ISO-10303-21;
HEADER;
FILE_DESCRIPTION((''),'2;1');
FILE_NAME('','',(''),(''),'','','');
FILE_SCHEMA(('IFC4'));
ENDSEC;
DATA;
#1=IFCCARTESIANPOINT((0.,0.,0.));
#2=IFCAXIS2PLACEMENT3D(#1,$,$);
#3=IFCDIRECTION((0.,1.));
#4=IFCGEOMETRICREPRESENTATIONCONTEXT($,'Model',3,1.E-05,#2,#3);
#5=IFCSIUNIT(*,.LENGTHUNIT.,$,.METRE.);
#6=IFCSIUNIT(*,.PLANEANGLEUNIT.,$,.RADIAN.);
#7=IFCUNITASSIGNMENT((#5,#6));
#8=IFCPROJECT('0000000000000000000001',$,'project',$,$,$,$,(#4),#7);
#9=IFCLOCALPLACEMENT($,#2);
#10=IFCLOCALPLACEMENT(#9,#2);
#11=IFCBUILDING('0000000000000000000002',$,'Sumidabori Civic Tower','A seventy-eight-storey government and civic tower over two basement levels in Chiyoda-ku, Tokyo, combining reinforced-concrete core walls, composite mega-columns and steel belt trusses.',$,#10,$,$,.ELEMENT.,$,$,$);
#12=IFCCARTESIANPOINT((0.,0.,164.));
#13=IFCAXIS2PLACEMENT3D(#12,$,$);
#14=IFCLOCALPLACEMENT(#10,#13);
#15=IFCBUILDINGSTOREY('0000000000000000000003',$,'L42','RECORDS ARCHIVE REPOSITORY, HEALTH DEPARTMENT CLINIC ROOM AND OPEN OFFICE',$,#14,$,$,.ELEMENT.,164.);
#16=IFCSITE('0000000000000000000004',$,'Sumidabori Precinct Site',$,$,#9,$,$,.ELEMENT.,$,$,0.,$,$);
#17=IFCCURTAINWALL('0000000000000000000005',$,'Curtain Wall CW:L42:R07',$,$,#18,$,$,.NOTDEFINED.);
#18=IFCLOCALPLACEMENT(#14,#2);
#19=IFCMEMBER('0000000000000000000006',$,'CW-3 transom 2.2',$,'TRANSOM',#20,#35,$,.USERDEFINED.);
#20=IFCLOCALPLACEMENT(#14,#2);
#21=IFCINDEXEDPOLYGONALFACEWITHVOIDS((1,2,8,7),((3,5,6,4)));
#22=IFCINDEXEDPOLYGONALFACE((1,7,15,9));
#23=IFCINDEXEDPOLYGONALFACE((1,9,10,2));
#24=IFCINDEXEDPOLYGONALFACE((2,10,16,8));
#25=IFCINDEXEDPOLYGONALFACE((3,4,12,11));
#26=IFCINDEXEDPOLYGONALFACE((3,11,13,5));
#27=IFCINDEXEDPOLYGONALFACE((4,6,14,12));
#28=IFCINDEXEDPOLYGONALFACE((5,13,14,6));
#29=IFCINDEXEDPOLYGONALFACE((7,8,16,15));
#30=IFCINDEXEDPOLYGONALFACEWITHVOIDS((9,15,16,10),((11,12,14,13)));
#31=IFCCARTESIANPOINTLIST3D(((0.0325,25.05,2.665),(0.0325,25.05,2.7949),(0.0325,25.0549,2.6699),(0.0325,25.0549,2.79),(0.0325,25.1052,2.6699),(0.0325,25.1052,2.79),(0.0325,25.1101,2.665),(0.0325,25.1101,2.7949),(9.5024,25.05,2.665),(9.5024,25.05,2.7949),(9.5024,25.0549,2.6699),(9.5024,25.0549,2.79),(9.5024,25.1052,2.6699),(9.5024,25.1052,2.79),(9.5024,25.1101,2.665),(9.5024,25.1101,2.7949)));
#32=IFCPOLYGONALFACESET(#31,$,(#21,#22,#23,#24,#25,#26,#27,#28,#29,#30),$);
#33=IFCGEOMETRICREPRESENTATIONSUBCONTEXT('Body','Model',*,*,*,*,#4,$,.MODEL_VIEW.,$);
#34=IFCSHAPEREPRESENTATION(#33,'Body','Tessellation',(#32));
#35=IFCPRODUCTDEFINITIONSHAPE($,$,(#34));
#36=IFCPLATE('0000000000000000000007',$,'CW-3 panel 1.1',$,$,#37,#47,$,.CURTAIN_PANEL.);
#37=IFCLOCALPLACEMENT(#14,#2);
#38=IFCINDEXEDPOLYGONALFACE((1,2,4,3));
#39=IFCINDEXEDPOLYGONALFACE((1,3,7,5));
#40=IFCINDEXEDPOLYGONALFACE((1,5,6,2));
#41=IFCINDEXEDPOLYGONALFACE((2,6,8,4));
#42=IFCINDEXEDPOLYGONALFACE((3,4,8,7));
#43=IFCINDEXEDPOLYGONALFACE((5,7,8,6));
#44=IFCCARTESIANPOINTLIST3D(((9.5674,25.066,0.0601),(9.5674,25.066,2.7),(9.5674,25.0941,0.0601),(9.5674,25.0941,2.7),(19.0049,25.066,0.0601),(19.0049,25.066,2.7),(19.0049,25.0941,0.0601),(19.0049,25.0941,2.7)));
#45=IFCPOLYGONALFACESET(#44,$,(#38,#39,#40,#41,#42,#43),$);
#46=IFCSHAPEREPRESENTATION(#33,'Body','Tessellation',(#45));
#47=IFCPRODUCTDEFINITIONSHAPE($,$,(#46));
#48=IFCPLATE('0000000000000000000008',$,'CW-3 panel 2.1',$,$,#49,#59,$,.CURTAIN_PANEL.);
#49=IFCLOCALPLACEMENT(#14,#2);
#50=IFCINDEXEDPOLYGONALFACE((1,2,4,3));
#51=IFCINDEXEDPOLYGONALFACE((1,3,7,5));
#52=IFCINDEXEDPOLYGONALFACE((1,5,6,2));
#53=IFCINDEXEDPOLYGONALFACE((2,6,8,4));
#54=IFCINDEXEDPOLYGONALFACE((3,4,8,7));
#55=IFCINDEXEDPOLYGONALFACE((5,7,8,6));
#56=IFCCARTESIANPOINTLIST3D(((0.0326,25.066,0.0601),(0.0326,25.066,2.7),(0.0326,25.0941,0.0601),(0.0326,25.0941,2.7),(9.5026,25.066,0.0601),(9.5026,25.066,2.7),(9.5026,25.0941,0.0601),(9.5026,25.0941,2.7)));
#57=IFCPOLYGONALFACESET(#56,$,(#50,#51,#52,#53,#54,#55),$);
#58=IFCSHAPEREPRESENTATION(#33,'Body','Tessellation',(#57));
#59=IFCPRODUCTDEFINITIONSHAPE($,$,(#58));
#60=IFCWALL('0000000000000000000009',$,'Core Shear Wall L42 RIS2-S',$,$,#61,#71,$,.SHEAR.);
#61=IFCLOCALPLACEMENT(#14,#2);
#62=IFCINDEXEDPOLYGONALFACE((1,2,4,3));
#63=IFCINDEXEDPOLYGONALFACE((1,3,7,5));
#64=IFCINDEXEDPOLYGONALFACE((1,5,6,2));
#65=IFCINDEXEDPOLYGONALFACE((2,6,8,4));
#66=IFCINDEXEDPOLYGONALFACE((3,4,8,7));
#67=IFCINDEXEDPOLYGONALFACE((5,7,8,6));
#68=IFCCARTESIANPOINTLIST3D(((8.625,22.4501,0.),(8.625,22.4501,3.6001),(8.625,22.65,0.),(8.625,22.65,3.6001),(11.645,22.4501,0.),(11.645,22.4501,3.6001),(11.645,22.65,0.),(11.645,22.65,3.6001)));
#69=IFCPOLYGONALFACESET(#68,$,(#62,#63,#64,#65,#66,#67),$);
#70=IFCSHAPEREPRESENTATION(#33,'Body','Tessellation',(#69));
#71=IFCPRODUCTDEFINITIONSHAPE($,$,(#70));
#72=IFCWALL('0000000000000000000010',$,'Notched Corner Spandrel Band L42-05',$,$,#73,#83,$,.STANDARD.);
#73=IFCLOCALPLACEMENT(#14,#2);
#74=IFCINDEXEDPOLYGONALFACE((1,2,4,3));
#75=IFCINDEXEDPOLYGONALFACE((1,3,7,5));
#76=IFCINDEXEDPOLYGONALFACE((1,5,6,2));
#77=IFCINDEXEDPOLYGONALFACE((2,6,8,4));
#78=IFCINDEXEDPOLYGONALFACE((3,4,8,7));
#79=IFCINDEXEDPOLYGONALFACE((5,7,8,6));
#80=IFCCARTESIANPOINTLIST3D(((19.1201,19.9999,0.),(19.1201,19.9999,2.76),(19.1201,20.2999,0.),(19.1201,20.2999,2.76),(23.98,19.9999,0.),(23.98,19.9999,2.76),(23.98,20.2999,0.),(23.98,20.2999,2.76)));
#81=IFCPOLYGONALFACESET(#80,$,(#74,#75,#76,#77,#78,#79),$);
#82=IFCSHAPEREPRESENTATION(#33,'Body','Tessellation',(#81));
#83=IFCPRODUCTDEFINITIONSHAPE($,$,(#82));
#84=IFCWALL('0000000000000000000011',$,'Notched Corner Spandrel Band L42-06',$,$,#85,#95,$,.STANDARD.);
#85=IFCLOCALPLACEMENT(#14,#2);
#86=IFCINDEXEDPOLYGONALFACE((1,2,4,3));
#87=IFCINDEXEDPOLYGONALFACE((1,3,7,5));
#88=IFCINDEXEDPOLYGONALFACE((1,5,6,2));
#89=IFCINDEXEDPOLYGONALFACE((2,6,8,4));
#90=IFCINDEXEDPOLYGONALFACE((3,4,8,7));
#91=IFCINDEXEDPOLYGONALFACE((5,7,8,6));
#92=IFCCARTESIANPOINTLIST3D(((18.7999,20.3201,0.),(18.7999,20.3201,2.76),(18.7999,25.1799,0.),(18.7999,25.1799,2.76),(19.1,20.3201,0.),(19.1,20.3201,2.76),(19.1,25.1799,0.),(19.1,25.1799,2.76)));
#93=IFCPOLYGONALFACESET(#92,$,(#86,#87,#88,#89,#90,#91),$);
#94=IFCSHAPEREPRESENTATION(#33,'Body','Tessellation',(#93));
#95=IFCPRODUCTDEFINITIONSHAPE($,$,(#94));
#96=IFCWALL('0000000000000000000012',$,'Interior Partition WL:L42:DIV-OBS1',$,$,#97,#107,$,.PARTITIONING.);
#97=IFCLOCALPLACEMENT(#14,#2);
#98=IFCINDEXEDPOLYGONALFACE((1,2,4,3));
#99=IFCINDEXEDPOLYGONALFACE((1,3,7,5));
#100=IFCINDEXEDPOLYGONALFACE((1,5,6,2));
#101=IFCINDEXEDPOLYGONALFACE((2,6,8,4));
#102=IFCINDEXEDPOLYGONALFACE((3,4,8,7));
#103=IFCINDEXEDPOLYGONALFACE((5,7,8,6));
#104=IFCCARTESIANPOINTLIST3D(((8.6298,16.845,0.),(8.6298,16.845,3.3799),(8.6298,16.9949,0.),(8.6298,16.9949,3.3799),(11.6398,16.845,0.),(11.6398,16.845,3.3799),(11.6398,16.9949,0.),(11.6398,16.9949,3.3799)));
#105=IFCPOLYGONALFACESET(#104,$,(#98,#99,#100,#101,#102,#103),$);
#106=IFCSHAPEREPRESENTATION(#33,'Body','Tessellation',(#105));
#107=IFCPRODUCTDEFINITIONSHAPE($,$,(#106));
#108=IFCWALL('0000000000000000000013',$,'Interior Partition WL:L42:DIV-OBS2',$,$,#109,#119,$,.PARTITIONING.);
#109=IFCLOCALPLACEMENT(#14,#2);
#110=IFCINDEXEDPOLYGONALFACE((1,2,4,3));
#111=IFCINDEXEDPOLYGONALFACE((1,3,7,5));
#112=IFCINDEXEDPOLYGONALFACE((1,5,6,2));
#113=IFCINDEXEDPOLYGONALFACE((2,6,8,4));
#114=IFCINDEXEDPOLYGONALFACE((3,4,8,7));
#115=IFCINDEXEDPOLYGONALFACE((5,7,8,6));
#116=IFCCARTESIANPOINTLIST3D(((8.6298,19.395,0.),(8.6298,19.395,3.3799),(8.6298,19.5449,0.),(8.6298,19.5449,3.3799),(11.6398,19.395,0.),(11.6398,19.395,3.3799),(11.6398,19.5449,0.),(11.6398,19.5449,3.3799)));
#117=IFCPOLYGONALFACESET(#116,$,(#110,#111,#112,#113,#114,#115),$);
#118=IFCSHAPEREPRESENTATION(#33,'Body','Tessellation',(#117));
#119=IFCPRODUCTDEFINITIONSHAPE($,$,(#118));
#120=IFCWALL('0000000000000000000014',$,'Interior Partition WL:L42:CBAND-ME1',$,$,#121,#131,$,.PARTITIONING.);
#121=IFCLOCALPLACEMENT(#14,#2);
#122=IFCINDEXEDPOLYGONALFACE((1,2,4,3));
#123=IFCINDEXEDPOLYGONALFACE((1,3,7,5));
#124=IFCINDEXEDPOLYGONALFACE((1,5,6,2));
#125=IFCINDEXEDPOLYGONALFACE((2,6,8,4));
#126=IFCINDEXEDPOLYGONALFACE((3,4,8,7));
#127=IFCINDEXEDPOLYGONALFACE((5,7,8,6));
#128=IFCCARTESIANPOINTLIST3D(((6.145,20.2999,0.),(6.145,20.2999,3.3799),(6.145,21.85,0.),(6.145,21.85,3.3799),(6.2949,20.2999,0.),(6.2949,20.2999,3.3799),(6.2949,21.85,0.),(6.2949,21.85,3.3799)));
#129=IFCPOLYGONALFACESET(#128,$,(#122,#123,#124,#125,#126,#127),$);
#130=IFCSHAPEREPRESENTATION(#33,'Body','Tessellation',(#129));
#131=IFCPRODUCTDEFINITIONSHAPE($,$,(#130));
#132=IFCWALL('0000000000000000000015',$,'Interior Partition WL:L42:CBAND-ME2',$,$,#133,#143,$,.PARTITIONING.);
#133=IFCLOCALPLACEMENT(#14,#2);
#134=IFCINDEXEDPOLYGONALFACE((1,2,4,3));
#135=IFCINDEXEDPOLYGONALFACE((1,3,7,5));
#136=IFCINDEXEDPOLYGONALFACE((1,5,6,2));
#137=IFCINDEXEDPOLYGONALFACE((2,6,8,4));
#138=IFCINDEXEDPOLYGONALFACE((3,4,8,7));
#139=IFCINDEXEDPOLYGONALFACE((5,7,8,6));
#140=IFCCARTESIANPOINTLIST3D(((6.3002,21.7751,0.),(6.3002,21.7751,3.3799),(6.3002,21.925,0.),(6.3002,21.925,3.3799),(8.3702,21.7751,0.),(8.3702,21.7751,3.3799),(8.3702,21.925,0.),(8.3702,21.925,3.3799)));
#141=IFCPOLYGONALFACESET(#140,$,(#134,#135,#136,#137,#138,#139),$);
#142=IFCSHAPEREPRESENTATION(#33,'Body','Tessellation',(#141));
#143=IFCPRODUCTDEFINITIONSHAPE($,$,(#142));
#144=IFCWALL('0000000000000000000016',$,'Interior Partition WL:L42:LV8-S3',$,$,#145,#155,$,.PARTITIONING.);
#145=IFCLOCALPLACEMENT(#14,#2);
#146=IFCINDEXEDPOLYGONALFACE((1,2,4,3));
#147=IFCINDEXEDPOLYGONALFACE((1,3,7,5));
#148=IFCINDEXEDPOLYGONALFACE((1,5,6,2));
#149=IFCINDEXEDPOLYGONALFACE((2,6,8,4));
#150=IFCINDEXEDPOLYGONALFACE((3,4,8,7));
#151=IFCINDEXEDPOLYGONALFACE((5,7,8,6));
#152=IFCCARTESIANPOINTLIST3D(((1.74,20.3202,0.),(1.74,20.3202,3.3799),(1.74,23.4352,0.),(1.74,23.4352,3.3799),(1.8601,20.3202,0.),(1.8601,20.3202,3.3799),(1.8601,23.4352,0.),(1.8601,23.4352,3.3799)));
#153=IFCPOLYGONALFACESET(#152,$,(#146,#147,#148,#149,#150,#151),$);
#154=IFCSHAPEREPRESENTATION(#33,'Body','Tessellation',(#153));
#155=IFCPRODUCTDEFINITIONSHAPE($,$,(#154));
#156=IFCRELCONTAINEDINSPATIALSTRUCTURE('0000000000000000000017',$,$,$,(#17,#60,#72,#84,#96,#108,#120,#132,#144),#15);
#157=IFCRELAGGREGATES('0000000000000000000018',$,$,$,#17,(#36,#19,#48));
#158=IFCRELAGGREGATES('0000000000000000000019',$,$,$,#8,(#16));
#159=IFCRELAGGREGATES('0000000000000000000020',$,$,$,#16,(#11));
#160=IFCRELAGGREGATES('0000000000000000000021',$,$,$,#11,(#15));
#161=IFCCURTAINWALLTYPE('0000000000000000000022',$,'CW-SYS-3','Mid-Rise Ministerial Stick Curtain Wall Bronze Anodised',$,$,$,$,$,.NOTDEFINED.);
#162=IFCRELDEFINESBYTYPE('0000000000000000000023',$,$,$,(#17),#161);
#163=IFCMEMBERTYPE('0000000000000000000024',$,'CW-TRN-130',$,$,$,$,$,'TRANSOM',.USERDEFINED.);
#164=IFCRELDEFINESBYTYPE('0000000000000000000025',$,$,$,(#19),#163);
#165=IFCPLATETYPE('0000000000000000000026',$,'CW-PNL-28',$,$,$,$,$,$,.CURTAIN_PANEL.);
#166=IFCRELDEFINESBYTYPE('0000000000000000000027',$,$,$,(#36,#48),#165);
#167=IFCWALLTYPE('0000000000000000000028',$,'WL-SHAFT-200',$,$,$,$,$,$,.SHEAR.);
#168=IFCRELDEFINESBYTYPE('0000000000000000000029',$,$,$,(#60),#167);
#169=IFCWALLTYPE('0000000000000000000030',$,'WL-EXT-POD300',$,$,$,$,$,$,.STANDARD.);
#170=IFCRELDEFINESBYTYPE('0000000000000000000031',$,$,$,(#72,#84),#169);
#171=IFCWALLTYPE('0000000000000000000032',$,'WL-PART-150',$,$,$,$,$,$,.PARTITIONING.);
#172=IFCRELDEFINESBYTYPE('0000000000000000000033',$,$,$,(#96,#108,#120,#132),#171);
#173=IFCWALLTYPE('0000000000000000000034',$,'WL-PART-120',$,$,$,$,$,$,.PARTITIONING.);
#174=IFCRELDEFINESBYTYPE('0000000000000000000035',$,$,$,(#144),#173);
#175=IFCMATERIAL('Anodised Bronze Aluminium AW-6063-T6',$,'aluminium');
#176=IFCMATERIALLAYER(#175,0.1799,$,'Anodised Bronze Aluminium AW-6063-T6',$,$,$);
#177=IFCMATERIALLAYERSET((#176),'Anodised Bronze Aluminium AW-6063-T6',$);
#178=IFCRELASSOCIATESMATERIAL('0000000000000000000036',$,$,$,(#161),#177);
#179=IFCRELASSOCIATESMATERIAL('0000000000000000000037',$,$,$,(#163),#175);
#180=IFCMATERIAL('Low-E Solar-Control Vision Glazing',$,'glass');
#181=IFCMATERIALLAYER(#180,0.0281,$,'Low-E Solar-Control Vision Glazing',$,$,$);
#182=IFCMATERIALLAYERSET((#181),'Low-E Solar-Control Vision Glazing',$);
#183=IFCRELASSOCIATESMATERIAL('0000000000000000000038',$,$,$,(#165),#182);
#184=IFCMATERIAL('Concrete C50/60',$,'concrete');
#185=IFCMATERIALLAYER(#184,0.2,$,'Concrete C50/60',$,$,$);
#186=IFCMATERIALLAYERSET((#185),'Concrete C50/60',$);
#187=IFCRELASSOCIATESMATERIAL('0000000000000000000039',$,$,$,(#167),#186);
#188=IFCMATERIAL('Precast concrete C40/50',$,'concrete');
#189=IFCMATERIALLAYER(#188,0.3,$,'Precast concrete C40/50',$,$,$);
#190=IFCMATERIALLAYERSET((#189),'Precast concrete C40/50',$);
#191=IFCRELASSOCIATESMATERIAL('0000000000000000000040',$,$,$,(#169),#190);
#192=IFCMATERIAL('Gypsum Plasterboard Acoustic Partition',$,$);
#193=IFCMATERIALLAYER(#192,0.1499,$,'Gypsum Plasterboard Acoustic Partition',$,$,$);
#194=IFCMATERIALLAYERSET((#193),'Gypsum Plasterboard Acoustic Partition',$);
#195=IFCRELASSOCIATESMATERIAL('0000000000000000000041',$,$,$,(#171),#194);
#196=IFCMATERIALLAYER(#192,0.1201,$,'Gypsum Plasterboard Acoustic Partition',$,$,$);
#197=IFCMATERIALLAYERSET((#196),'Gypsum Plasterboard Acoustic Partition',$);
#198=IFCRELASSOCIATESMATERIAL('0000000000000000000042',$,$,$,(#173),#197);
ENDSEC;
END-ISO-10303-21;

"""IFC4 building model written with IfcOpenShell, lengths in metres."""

from ifc_helpers import new_model, si_unit, direction, frame, frame_2d, origin, origin_2d, place, context, subcontext, project, spatial, rectangle, hollow_rectangle, extrude, source, transform, mapped, material, layer, layer_set, material_profile, profile_set, type_object, element, aggregate, save


model = new_model("IFC4")

# Units and contexts
model_context = context("Model", 3, precision=1e-05, world=origin(), true_north=direction((0.0, 1.0)))
body_context = subcontext(model_context, "Body", "Model", "MODEL_VIEW")
ifc_project = project(units=[si_unit("LENGTHUNIT", "METRE"), si_unit("PLANEANGLEUNIT", "RADIAN")], contexts=[model_context])

# Site, building, storey
site_placement = place(None, origin())
site = spatial("IfcSite", under=ifc_project, at=site_placement, Name="Sumidabori Precinct Site", CompositionType="ELEMENT", RefElevation=0.0)
building_placement = place(site_placement, origin())
building = spatial("IfcBuilding", under=site, at=building_placement, Name="Sumidabori Civic Tower", Description="A seventy-eight-storey government and civic tower over two basement levels in Chiyoda-ku, Tokyo, combining reinforced-concrete core walls, composite mega-columns and steel belt trusses.", CompositionType="ELEMENT")
storey_placement = place(building_placement, frame((0.0, 0.0, 164.0)))
storey = spatial("IfcBuildingStorey", under=building, at=storey_placement, Name="L42", Description="RECORDS ARCHIVE REPOSITORY, HEALTH DEPARTMENT CLINIC ROOM AND OPEN OFFICE", CompositionType="ELEMENT", Elevation=164.0)

# Shared definitions
ifc_material_1 = material(Name="Anodised Bronze Aluminium AW-6063-T6", Category="aluminium")
ifc_layer_1 = layer(ifc_material_1, 0.1799, Name="Anodised Bronze Aluminium AW-6063-T6")
ifc_layer_set_1 = layer_set([ifc_layer_1], Name="Anodised Bronze Aluminium AW-6063-T6")
curtain_wall_type = type_object("IfcCurtainWallType", Name="CW-SYS-3", Description="Mid-Rise Ministerial Stick Curtain Wall Bronze Anodised", PredefinedType="NOTDEFINED", material=ifc_layer_set_1)

# Curtain wall, member, plates
curtain_wall_1_placement = place(storey_placement, origin())
curtain_wall_1 = element("IfcCurtainWall", 1, at=curtain_wall_1_placement, inside=storey, type_object=curtain_wall_type, Name="Curtain Wall CW:L42:R07", PredefinedType="NOTDEFINED")
ifc_material_profile_1 = material_profile(ifc_material_1, hollow_rectangle(XDim=0.0601, YDim=0.1299, WallThickness=0.0049, at=origin_2d()), Name="ALU TRANSOM 130x60")
ifc_profile_set_1 = profile_set([ifc_material_profile_1], Name="Anodised Bronze Aluminium AW-6063-T6")
member_type_1 = type_object("IfcMemberType", Name="CW-TRN-130", ElementType="TRANSOM", PredefinedType="USERDEFINED", material=ifc_profile_set_1)
shared_shape_1 = source(origin(), body_context, "Body", "SweptSolid", [
    extrude(hollow_rectangle(XDim=0.0601, YDim=0.1299, WallThickness=0.0049, at=origin_2d()), origin(), (0.0, 0.0, 1.0), 9.47),
])
member_1_placement = place(storey_placement, frame((9.5024, 25.0801, 2.73), z_axis=(-1.0, 0.0, 0.0), x_axis=(0.0, -1.0, 0.0)))
member_1 = element("IfcMember", 2, at=member_1_placement, type_object=member_type_1, Name="CW-3 transom 2.2", ObjectType="TRANSOM", PredefinedType="USERDEFINED", context=body_context, shape_type="MappedRepresentation", body=[
    mapped(shared_shape_1, transform((0.0, 0.0, 0.0), x_axis=(1.0, 0.0, 0.0), y_axis=(0.0, 1.0, 0.0), z_axis=(0.0, 0.0, 1.0), scale=1.0)),
])
ifc_material_2 = material(Name="Low-E Solar-Control Vision Glazing", Category="glass")
ifc_layer_2 = layer(ifc_material_2, 0.0281, Name="Low-E Solar-Control Vision Glazing")
ifc_layer_set_2 = layer_set([ifc_layer_2], Name="Low-E Solar-Control Vision Glazing")
plate_type = type_object("IfcPlateType", Name="CW-PNL-28", PredefinedType="CURTAIN_PANEL", material=ifc_layer_set_2)
shared_shape_2 = source(origin(), body_context, "Body", "SweptSolid", [
    extrude(rectangle(XDim=9.4375, YDim=0.0281, at=origin_2d()), origin(), (0.0, 0.0, 1.0), 2.6399),
])
plate_1_placement = place(storey_placement, frame((14.2861, 25.0801, 0.0601), z_axis=(0.0, 0.0, 1.0), x_axis=(-1.0, 0.0, 0.0)))
plate_1 = element("IfcPlate", 3, at=plate_1_placement, type_object=plate_type, Name="CW-3 panel 1.1", PredefinedType="CURTAIN_PANEL", context=body_context, shape_type="MappedRepresentation", body=[
    mapped(shared_shape_2, transform((0.0, 0.0, 0.0), x_axis=(1.0, 0.0, 0.0), y_axis=(0.0, 1.0, 0.0), z_axis=(0.0, 0.0, 1.0), scale=1.0)),
])
shared_shape_3 = source(origin(), body_context, "Body", "SweptSolid", [
    extrude(rectangle(XDim=9.47, YDim=0.0281, at=origin_2d()), origin(), (0.0, 0.0, 1.0), 2.6399),
])
plate_2_placement = place(storey_placement, frame((4.7676, 25.0801, 0.0601), z_axis=(0.0, 0.0, 1.0), x_axis=(-1.0, 0.0, 0.0)))
plate_2 = element("IfcPlate", 4, at=plate_2_placement, type_object=plate_type, Name="CW-3 panel 2.1", PredefinedType="CURTAIN_PANEL", context=body_context, shape_type="MappedRepresentation", body=[
    mapped(shared_shape_3, transform((0.0, 0.0, 0.0), x_axis=(1.0, 0.0, 0.0), y_axis=(0.0, 1.0, 0.0), z_axis=(0.0, 0.0, 1.0), scale=1.0)),
])
aggregate(curtain_wall_1, [plate_1, member_1, plate_2])

# Walls
ifc_material_3 = material(Name="Concrete C50/60", Category="concrete")
ifc_layer_3 = layer(ifc_material_3, 0.2, Name="Concrete C50/60")
ifc_layer_set_3 = layer_set([ifc_layer_3], Name="Concrete C50/60")
wall_type_1 = type_object("IfcWallType", Name="WL-SHAFT-200", PredefinedType="SHEAR", material=ifc_layer_set_3)
shared_shape_4 = source(origin(), body_context, "Body", "SweptSolid", [
    extrude(rectangle(XDim=3.02, YDim=0.2, at=frame_2d((1.51, 0.0))), origin(), (0.0, 0.0, 1.0), 3.6001),
])
wall_1_placement = place(storey_placement, frame((8.625, 22.55, 0.0), z_axis=(0.0, 0.0, 1.0), x_axis=(1.0, 0.0, 0.0)))
element("IfcWall", 5, at=wall_1_placement, inside=storey, type_object=wall_type_1, Name="Core Shear Wall L42 RIS2-S", PredefinedType="SHEAR", context=body_context, shape_type="MappedRepresentation", body=[
    mapped(shared_shape_4, transform((0.0, 0.0, 0.0), x_axis=(1.0, 0.0, 0.0), y_axis=(0.0, 1.0, 0.0), z_axis=(0.0, 0.0, 1.0), scale=1.0)),
])
ifc_material_4 = material(Name="Precast concrete C40/50", Category="concrete")
ifc_layer_4 = layer(ifc_material_4, 0.3, Name="Precast concrete C40/50")
ifc_layer_set_4 = layer_set([ifc_layer_4], Name="Precast concrete C40/50")
wall_type_2 = type_object("IfcWallType", Name="WL-EXT-POD300", PredefinedType="STANDARD", material=ifc_layer_set_4)
shared_shape_5 = source(origin(), body_context, "Body", "SweptSolid", [
    extrude(rectangle(XDim=4.8599, YDim=0.3, at=frame_2d((2.4299, 0.0))), origin(), (0.0, 0.0, 1.0), 2.76),
])
for number, where, z_axis, x_axis, name in (
    (6, (23.98, 20.1499, 0.0), (0.0, 0.0, 1.0), (-1.0, 0.0, 0.0), "Notched Corner Spandrel Band L42-05"),
    (7, (18.95, 20.3201, 0.0), (0.0, 0.0, 1.0), (0.0, 1.0, 0.0), "Notched Corner Spandrel Band L42-06"),
):
    element("IfcWall", number, at=place(storey_placement, frame(where, z_axis=z_axis, x_axis=x_axis)), inside=storey, type_object=wall_type_2, Name=name, PredefinedType="STANDARD", context=body_context, shape_type="MappedRepresentation", body=[
        mapped(shared_shape_5, transform((0.0, 0.0, 0.0), x_axis=(1.0, 0.0, 0.0), y_axis=(0.0, 1.0, 0.0), z_axis=(0.0, 0.0, 1.0), scale=1.0)),
    ])
ifc_material_5 = material(Name="Gypsum Plasterboard Acoustic Partition")
ifc_layer_5 = layer(ifc_material_5, 0.1499, Name="Gypsum Plasterboard Acoustic Partition")
ifc_layer_set_5 = layer_set([ifc_layer_5], Name="Gypsum Plasterboard Acoustic Partition")
wall_type_3 = type_object("IfcWallType", Name="WL-PART-150", PredefinedType="PARTITIONING", material=ifc_layer_set_5)
shared_shape_6 = source(origin(), body_context, "Body", "SweptSolid", [
    extrude(rectangle(XDim=3.01, YDim=0.1499, at=frame_2d((1.5049, 0.0))), origin(), (0.0, 0.0, 1.0), 3.3799),
])
for number, where, z_axis, x_axis, name in (
    (8, (8.6299, 16.9199, 0.0), (0.0, 0.0, 1.0), (1.0, 0.0, 0.0), "Interior Partition WL:L42:DIV-OBS1"),
    (9, (8.6299, 19.47, 0.0), (0.0, 0.0, 1.0), (1.0, 0.0, 0.0), "Interior Partition WL:L42:DIV-OBS2"),
):
    element("IfcWall", number, at=place(storey_placement, frame(where, z_axis=z_axis, x_axis=x_axis)), inside=storey, type_object=wall_type_3, Name=name, PredefinedType="PARTITIONING", context=body_context, shape_type="MappedRepresentation", body=[
        mapped(shared_shape_6, transform((0.0, 0.0, 0.0), x_axis=(1.0, 0.0, 0.0), y_axis=(0.0, 1.0, 0.0), z_axis=(0.0, 0.0, 1.0), scale=1.0)),
    ])
shared_shape_7 = source(origin(), body_context, "Body", "SweptSolid", [
    extrude(rectangle(XDim=1.55, YDim=0.1499, at=frame_2d((0.7749, 0.0))), origin(), (0.0, 0.0, 1.0), 3.3799),
])
wall_2_placement = place(storey_placement, frame((6.22, 20.3, 0.0), z_axis=(0.0, 0.0, 1.0), x_axis=(0.0, 1.0, 0.0)))
element("IfcWall", 10, at=wall_2_placement, inside=storey, type_object=wall_type_3, Name="Interior Partition WL:L42:CBAND-ME1", PredefinedType="PARTITIONING", context=body_context, shape_type="MappedRepresentation", body=[
    mapped(shared_shape_7, transform((0.0, 0.0, 0.0), x_axis=(1.0, 0.0, 0.0), y_axis=(0.0, 1.0, 0.0), z_axis=(0.0, 0.0, 1.0), scale=1.0)),
])
shared_shape_8 = source(origin(), body_context, "Body", "SweptSolid", [
    extrude(rectangle(XDim=2.0701, YDim=0.1499, at=frame_2d((1.0352, 0.0))), origin(), (0.0, 0.0, 1.0), 3.3799),
])
wall_3_placement = place(storey_placement, frame((6.3, 21.8501, 0.0), z_axis=(0.0, 0.0, 1.0), x_axis=(1.0, 0.0, 0.0)))
element("IfcWall", 11, at=wall_3_placement, inside=storey, type_object=wall_type_3, Name="Interior Partition WL:L42:CBAND-ME2", PredefinedType="PARTITIONING", context=body_context, shape_type="MappedRepresentation", body=[
    mapped(shared_shape_8, transform((0.0, 0.0, 0.0), x_axis=(1.0, 0.0, 0.0), y_axis=(0.0, 1.0, 0.0), z_axis=(0.0, 0.0, 1.0), scale=1.0)),
])
ifc_layer_6 = layer(ifc_material_5, 0.1201, Name="Gypsum Plasterboard Acoustic Partition")
ifc_layer_set_6 = layer_set([ifc_layer_6], Name="Gypsum Plasterboard Acoustic Partition")
wall_type_4 = type_object("IfcWallType", Name="WL-PART-120", PredefinedType="PARTITIONING", material=ifc_layer_set_6)
shared_shape_9 = source(origin(), body_context, "Body", "SweptSolid", [
    extrude(rectangle(XDim=3.115, YDim=0.1201, at=frame_2d((1.5576, 0.0))), origin(), (0.0, 0.0, 1.0), 3.3799),
])
wall_4_placement = place(storey_placement, frame((1.8, 20.3201, 0.0), z_axis=(0.0, 0.0, 1.0), x_axis=(0.0, 1.0, 0.0)))
element("IfcWall", 12, at=wall_4_placement, inside=storey, type_object=wall_type_4, Name="Interior Partition WL:L42:LV8-S3", PredefinedType="PARTITIONING", context=body_context, shape_type="MappedRepresentation", body=[
    mapped(shared_shape_9, transform((0.0, 0.0, 0.0), x_axis=(1.0, 0.0, 0.0), y_axis=(0.0, 1.0, 0.0), z_axis=(0.0, 0.0, 1.0), scale=1.0)),
])

save(model, "model.ifc")
